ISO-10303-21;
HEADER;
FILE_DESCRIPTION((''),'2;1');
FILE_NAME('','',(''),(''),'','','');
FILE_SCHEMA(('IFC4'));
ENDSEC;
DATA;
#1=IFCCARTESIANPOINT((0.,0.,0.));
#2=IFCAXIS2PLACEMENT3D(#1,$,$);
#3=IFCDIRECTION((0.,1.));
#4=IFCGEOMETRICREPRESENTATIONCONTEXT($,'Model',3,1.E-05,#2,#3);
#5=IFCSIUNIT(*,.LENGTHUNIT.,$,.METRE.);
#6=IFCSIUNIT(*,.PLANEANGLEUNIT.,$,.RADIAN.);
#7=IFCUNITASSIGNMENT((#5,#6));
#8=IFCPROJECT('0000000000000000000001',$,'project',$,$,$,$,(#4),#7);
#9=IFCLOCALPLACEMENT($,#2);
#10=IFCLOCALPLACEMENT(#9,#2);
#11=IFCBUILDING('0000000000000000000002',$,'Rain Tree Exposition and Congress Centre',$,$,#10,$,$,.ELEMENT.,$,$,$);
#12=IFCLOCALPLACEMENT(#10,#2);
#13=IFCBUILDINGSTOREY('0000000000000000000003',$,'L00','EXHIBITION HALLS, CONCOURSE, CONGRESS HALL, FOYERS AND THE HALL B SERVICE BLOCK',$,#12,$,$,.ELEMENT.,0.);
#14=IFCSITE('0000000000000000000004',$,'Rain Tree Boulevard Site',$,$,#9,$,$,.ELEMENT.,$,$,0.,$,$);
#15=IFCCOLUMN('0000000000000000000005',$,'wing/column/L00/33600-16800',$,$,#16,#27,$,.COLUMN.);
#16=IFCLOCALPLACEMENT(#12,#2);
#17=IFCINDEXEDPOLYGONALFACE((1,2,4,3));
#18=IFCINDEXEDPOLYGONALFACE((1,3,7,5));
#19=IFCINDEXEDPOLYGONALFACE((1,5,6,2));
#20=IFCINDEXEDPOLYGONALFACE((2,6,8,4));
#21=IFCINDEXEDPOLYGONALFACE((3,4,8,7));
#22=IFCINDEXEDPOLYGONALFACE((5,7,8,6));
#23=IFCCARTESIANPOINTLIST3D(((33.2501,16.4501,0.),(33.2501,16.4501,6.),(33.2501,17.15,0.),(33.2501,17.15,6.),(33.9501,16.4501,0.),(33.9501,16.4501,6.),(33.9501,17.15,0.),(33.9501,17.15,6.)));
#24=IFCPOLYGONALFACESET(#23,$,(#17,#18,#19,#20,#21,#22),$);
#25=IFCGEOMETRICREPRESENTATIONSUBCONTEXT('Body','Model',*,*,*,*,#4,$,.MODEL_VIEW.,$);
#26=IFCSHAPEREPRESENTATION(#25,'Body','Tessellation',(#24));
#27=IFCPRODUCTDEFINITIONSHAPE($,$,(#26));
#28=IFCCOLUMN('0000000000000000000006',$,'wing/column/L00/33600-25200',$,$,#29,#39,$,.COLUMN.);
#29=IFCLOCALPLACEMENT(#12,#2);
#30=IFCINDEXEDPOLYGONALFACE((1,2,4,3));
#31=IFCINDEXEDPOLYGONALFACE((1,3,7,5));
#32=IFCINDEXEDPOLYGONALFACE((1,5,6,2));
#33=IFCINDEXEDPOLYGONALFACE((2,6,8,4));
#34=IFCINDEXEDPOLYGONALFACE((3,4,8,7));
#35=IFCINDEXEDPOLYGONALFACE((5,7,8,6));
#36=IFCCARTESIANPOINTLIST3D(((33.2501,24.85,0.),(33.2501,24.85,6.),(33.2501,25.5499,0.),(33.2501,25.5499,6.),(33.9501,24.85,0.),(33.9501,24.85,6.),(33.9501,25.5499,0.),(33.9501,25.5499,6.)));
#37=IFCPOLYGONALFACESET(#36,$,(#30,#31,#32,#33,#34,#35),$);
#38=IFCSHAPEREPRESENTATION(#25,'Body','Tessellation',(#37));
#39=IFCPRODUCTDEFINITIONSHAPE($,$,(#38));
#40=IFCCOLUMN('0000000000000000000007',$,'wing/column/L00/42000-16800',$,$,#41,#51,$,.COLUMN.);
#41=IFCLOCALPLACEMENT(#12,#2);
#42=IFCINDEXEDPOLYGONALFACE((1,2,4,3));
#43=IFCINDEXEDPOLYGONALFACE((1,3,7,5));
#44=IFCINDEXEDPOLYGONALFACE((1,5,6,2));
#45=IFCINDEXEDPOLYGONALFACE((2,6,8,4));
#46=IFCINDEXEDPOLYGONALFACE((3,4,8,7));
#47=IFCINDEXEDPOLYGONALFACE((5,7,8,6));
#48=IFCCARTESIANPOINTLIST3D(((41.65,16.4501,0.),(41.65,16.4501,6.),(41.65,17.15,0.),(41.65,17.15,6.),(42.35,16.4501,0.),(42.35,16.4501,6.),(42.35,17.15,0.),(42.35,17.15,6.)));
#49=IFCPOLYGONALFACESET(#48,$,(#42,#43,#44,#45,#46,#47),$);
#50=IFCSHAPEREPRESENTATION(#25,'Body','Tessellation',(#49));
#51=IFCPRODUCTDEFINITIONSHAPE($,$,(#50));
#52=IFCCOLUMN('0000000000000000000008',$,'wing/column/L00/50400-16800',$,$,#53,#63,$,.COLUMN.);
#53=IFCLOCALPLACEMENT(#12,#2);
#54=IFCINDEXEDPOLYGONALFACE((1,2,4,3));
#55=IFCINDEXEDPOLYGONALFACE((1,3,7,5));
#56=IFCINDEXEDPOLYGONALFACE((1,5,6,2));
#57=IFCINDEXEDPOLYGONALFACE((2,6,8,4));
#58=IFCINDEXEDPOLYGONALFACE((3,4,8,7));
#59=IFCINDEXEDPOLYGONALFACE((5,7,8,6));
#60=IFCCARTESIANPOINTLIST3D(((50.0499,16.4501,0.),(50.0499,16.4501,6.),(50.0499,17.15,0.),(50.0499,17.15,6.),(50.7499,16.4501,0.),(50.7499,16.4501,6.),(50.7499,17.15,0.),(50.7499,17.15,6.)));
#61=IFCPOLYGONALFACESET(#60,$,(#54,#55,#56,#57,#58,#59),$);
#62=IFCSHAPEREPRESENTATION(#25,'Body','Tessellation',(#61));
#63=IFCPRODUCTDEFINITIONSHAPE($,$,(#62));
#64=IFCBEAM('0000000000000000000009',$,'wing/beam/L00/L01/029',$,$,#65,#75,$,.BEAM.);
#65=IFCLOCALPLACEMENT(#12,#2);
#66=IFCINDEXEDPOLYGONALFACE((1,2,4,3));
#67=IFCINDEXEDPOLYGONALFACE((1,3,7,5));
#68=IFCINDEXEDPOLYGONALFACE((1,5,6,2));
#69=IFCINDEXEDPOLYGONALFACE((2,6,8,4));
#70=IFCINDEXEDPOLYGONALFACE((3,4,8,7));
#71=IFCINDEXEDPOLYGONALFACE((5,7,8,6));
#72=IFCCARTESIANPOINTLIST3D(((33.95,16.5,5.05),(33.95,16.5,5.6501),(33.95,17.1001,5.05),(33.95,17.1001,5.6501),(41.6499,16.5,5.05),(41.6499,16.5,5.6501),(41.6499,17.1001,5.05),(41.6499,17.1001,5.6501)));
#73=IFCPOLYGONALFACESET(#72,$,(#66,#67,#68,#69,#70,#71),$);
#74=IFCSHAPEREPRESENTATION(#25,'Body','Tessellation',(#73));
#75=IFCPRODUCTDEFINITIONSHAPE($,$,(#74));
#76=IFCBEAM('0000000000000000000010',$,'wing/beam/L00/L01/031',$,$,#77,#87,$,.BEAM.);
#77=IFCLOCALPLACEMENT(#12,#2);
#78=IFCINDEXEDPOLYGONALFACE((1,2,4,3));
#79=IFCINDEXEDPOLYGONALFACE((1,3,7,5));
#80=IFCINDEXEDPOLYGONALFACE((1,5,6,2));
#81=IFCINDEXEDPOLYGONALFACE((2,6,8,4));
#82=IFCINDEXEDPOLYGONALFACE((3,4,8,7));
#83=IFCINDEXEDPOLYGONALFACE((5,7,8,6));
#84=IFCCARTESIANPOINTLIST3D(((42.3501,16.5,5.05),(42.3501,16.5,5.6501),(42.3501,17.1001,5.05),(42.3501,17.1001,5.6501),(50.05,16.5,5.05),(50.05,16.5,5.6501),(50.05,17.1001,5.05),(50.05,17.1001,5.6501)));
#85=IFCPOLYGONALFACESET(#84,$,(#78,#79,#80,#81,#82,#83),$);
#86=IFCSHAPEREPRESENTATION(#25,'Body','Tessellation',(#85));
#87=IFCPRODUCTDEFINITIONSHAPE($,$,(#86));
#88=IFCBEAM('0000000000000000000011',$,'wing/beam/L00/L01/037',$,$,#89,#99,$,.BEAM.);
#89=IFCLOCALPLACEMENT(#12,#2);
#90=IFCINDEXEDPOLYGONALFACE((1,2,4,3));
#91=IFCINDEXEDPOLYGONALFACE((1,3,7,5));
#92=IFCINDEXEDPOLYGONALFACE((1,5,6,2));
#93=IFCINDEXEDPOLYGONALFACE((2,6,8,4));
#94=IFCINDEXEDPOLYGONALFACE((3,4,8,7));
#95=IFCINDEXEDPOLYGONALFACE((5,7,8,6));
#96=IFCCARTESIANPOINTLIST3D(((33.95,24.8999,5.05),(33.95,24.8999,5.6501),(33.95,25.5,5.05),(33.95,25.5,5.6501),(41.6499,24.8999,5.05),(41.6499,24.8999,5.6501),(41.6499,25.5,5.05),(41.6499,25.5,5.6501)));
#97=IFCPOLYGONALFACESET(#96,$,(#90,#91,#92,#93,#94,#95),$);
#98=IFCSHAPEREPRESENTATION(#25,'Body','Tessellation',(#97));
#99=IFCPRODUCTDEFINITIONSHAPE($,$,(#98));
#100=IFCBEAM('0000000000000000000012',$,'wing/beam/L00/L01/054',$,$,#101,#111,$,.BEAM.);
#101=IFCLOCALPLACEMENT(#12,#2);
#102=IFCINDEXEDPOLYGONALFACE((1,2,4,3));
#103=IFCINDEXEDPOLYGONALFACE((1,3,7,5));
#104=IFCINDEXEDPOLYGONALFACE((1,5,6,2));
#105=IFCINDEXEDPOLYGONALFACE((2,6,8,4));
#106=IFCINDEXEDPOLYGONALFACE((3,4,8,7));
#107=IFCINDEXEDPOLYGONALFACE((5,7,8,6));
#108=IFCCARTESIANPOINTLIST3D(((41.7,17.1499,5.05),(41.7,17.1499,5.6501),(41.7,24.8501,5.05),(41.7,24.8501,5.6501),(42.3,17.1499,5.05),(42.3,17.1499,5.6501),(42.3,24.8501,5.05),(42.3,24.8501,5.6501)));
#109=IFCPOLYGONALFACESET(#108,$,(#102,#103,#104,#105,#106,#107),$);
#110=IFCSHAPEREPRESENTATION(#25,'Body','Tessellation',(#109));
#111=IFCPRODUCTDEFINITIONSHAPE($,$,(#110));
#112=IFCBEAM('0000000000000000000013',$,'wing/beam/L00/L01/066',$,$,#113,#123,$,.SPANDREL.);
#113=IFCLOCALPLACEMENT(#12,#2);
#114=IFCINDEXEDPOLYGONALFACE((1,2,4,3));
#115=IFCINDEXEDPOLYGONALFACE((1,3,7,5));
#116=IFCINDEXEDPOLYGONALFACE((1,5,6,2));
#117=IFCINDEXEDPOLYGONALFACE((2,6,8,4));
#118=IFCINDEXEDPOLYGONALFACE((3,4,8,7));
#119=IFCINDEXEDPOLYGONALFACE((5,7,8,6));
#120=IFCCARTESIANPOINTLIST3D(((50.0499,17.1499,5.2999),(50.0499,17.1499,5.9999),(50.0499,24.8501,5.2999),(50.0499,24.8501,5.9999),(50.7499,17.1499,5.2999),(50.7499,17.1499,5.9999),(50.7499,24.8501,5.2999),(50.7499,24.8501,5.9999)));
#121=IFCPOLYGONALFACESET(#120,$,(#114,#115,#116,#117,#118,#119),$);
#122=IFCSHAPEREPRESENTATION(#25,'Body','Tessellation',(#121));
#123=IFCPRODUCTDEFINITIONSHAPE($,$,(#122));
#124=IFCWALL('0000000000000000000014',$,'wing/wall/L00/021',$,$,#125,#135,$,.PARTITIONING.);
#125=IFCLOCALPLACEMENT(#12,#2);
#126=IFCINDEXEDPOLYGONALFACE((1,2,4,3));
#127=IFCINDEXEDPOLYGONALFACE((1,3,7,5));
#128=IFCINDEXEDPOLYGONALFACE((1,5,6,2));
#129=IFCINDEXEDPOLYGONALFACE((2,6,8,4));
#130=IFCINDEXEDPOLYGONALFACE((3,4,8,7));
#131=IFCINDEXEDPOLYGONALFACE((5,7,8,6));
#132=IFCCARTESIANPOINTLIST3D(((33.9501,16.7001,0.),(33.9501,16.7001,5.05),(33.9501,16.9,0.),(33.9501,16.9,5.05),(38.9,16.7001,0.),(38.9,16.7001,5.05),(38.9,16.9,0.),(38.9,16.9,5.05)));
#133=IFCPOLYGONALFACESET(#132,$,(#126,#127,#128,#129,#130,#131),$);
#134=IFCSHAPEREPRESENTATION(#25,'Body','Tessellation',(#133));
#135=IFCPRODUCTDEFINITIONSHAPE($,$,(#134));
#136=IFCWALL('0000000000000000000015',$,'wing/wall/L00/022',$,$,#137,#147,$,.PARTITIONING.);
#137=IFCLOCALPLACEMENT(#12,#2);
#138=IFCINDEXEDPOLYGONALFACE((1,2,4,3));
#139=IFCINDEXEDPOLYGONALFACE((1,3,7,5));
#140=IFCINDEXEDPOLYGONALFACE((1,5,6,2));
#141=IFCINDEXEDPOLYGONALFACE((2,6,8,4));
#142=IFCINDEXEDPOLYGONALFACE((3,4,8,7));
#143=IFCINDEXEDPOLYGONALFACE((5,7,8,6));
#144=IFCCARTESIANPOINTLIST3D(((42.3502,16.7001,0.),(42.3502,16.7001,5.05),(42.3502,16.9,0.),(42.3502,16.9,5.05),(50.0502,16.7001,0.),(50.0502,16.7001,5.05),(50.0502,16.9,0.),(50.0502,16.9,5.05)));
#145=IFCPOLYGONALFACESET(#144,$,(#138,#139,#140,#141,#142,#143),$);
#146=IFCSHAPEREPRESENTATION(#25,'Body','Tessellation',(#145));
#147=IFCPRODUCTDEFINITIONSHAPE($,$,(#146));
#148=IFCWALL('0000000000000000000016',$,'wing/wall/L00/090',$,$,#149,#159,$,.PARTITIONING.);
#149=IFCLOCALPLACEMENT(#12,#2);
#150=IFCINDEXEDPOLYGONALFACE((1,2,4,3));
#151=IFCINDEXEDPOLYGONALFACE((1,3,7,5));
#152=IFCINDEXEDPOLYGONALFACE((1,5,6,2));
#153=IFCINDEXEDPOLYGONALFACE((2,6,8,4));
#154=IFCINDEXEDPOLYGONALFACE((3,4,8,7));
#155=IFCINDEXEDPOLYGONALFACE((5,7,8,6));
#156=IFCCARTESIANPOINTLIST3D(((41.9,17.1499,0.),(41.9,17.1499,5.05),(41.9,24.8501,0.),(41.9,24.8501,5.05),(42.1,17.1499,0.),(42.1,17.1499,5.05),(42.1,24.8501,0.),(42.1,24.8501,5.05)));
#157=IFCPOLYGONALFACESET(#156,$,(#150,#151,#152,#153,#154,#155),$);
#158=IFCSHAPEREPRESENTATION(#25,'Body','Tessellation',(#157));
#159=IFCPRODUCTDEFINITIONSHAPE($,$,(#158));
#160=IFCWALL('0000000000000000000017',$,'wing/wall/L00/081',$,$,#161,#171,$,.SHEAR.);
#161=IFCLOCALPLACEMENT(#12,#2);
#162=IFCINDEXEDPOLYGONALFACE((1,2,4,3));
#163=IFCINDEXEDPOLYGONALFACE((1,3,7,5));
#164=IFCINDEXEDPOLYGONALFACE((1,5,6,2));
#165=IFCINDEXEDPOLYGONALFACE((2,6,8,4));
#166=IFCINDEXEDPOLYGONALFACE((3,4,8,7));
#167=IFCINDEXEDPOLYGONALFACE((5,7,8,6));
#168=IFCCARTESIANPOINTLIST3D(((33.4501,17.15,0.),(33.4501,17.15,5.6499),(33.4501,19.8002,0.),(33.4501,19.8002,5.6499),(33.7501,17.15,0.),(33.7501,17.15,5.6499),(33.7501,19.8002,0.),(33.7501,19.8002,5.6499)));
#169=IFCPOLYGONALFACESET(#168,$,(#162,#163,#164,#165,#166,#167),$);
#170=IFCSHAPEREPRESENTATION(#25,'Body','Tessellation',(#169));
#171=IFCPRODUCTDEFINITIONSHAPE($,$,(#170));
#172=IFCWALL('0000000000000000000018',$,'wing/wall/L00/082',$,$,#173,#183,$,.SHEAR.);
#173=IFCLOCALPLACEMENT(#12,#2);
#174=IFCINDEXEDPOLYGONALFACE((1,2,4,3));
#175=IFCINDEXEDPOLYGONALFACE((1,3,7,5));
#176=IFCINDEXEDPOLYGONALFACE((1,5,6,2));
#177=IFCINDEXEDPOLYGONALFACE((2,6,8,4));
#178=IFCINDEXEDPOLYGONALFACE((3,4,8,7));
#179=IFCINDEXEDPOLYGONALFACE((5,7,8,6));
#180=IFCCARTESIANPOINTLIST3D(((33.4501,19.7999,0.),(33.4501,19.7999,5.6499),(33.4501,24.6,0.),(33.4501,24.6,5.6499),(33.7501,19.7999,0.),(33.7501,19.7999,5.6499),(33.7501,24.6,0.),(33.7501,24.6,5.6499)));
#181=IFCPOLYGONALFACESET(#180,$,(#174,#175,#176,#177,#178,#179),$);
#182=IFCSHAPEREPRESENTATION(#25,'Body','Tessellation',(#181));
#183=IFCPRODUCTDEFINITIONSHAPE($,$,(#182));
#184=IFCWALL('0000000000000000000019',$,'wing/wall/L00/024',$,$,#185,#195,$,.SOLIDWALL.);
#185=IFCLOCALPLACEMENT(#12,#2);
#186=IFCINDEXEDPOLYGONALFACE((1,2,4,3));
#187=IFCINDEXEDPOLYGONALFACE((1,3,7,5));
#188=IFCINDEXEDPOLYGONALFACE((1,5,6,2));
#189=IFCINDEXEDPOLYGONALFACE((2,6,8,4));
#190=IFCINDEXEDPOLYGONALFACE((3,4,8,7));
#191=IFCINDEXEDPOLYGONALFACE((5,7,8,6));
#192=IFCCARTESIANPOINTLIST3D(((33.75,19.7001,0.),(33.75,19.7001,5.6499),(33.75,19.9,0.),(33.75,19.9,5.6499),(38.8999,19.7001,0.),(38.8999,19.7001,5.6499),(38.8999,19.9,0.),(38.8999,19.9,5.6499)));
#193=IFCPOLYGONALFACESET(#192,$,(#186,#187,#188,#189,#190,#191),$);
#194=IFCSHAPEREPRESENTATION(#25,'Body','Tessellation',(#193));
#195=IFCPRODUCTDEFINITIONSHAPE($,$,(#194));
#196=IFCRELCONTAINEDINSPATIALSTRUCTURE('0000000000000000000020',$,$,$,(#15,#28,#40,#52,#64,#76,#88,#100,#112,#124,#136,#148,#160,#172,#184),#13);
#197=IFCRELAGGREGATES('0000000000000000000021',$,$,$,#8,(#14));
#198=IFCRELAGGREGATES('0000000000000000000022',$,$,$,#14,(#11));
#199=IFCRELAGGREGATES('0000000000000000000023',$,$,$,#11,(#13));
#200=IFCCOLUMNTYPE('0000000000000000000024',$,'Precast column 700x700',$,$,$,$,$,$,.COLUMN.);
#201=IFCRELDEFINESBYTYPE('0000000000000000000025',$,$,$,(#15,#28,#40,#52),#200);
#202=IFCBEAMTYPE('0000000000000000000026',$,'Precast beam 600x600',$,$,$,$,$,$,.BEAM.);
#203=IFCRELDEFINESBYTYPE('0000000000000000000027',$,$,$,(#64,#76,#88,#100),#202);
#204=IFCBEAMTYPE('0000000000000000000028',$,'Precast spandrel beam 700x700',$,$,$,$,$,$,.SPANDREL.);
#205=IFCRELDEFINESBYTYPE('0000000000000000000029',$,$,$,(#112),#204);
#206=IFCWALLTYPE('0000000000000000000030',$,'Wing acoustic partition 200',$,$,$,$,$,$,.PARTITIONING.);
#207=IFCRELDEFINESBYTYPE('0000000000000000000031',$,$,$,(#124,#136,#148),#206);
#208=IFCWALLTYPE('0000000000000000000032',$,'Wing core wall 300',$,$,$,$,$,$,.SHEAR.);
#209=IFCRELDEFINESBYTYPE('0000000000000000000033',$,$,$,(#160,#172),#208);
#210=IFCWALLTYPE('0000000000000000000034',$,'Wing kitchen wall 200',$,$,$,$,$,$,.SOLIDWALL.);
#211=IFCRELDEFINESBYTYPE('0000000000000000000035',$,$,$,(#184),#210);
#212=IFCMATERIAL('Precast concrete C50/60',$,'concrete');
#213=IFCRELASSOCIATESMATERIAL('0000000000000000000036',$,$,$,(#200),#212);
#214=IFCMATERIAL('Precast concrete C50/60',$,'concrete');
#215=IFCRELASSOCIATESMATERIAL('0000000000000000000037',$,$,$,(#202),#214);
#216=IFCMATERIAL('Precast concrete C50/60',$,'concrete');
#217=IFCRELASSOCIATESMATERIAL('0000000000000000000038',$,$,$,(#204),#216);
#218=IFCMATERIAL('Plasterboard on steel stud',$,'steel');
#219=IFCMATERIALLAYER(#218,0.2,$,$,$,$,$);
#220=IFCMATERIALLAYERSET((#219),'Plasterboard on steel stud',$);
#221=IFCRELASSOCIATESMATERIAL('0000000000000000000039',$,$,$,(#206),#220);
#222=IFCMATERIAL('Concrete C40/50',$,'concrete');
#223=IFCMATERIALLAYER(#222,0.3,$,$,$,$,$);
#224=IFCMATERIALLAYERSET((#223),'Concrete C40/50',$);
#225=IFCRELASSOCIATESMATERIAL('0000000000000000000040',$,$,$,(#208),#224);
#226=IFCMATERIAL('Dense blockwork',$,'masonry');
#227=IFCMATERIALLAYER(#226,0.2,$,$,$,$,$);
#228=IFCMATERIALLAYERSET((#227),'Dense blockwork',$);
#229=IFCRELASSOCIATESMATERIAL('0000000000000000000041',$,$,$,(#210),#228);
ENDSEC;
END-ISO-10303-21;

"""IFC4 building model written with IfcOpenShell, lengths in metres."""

from ifc_helpers import new_model, si_unit, direction, frame, frame_2d, origin, origin_2d, place, context, subcontext, project, spatial, rectangle, extrude, material, layer, layer_set, material_profile, profile_set, type_object, element, save


model = new_model("IFC4")

# Units and contexts
model_context = context("Model", 3, precision=1e-05, world=origin(), true_north=direction((0.0, 1.0)))
body_context = subcontext(model_context, "Body", "Model", "MODEL_VIEW")
ifc_project = project(units=[si_unit("LENGTHUNIT", "METRE"), si_unit("PLANEANGLEUNIT", "RADIAN")], contexts=[model_context])

# Site, building, storey
site_placement = place(None, origin())
site = spatial("IfcSite", under=ifc_project, at=site_placement, Name="Rain Tree Boulevard Site", CompositionType="ELEMENT", RefElevation=0.0)
building_placement = place(site_placement, origin())
building = spatial("IfcBuilding", under=site, at=building_placement, Name="Rain Tree Exposition and Congress Centre", CompositionType="ELEMENT")
storey_placement = place(building_placement, origin())
storey = spatial("IfcBuildingStorey", under=building, at=storey_placement, Name="L00", Description="EXHIBITION HALLS, CONCOURSE, CONGRESS HALL, FOYERS AND THE HALL B SERVICE BLOCK", CompositionType="ELEMENT", Elevation=0.0)

# Columns
ifc_material_1 = material(Name="Precast concrete C50/60", Category="concrete")
ifc_material_profile_1 = material_profile(ifc_material_1, rectangle(XDim=0.7, YDim=0.7, at=origin_2d()), Name="RC 700x700")
ifc_profile_set_1 = profile_set([ifc_material_profile_1], Name="Precast concrete C50/60")
column_type = type_object("IfcColumnType", Name="Precast column 700x700", PredefinedType="COLUMN", material=ifc_profile_set_1)
for number, where, z_axis, x_axis, name in (
    (1, (33.6001, 16.8, 0.0), (0.0, 0.0, 1.0), (1.0, 0.0, 0.0), "wing/column/L00/33600-16800"),
    (2, (33.6001, 25.2, 0.0), (0.0, 0.0, 1.0), (1.0, 0.0, 0.0), "wing/column/L00/33600-25200"),
    (3, (42.0, 16.8, 0.0), (0.0, 0.0, 1.0), (1.0, 0.0, 0.0), "wing/column/L00/42000-16800"),
    (4, (50.3999, 16.8, 0.0), (0.0, 0.0, 1.0), (1.0, 0.0, 0.0), "wing/column/L00/50400-16800"),
):
    element("IfcColumn", number, at=place(storey_placement, frame(where, z_axis=z_axis, x_axis=x_axis)), inside=storey, type_object=column_type, Name=name, PredefinedType="COLUMN", context=body_context, shape_type="SweptSolid", body=[
        extrude(rectangle(XDim=0.7, YDim=0.7, at=origin_2d()), origin(), (0.0, 0.0, 1.0), 6.0),
    ])

# Beams
ifc_material_2 = material(Name="Precast concrete C50/60", Category="concrete")
ifc_material_profile_2 = material_profile(ifc_material_2, rectangle(XDim=0.6001, YDim=0.6001, at=origin_2d()), Name="RC 600x600")
ifc_profile_set_2 = profile_set([ifc_material_profile_2], Name="Precast concrete C50/60")
beam_type_1 = type_object("IfcBeamType", Name="Precast beam 600x600", PredefinedType="BEAM", material=ifc_profile_set_2)
for number, where, z_axis, x_axis, name in (
    (5, (33.95, 16.8, 5.3501), (1.0, 0.0, 0.0), (0.0, 1.0, 0.0), "wing/beam/L00/L01/029"),
    (6, (42.3501, 16.8, 5.3501), (1.0, 0.0, 0.0), (0.0, 1.0, 0.0), "wing/beam/L00/L01/031"),
    (7, (33.95, 25.2, 5.3501), (1.0, 0.0, 0.0), (0.0, 1.0, 0.0), "wing/beam/L00/L01/037"),
):
    element("IfcBeam", number, at=place(storey_placement, frame(where, z_axis=z_axis, x_axis=x_axis)), inside=storey, type_object=beam_type_1, Name=name, PredefinedType="BEAM", context=body_context, shape_type="SweptSolid", body=[
        extrude(rectangle(XDim=0.6001, YDim=0.6001, at=origin_2d()), origin(), (0.0, 0.0, 1.0), 7.7),
    ])
beam_1_placement = place(storey_placement, frame((42.0, 17.1499, 5.3501), z_axis=(0.0, 1.0, 0.0), x_axis=(-1.0, 0.0, 0.0)))
element("IfcBeam", 8, at=beam_1_placement, inside=storey, type_object=beam_type_1, Name="wing/beam/L00/L01/054", PredefinedType="BEAM", context=body_context, shape_type="SweptSolid", body=[
    extrude(rectangle(XDim=0.6001, YDim=0.6001, at=origin_2d()), origin(), (0.0, 0.0, 1.0), 7.7002),
])
ifc_material_3 = material(Name="Precast concrete C50/60", Category="concrete")
ifc_material_profile_3 = material_profile(ifc_material_3, rectangle(XDim=0.7, YDim=0.7, at=origin_2d()), Name="RC 700x700")
ifc_profile_set_3 = profile_set([ifc_material_profile_3], Name="Precast concrete C50/60")
beam_type_2 = type_object("IfcBeamType", Name="Precast spandrel beam 700x700", PredefinedType="SPANDREL", material=ifc_profile_set_3)
beam_2_placement = place(storey_placement, frame((50.3999, 17.1499, 5.6499), z_axis=(0.0, 1.0, 0.0), x_axis=(-1.0, 0.0, 0.0)))
element("IfcBeam", 9, at=beam_2_placement, inside=storey, type_object=beam_type_2, Name="wing/beam/L00/L01/066", PredefinedType="SPANDREL", context=body_context, shape_type="SweptSolid", body=[
    extrude(rectangle(XDim=0.7, YDim=0.7, at=origin_2d()), origin(), (0.0, 0.0, 1.0), 7.7002),
])

# Walls
ifc_material_4 = material(Name="Plasterboard on steel stud", Category="steel")
ifc_layer_1 = layer(ifc_material_4, 0.2)
ifc_layer_set_1 = layer_set([ifc_layer_1], Name="Plasterboard on steel stud")
wall_type_1 = type_object("IfcWallType", Name="Wing acoustic partition 200", PredefinedType="PARTITIONING", material=ifc_layer_set_1)
wall_1_placement = place(storey_placement, frame((33.95, 16.8, 0.0), z_axis=(0.0, 0.0, 1.0), x_axis=(1.0, 0.0, 0.0)))
element("IfcWall", 10, at=wall_1_placement, inside=storey, type_object=wall_type_1, Name="wing/wall/L00/021", PredefinedType="PARTITIONING", context=body_context, shape_type="SweptSolid", body=[
    extrude(rectangle(XDim=4.95, YDim=0.2, at=frame_2d((2.4751, 0.0))), origin(), (0.0, 0.0, 1.0), 5.05),
])
wall_2_placement = place(storey_placement, frame((42.3501, 16.8, 0.0), z_axis=(0.0, 0.0, 1.0), x_axis=(1.0, 0.0, 0.0)))
element("IfcWall", 11, at=wall_2_placement, inside=storey, type_object=wall_type_1, Name="wing/wall/L00/022", PredefinedType="PARTITIONING", context=body_context, shape_type="SweptSolid", body=[
    extrude(rectangle(XDim=7.7, YDim=0.2, at=frame_2d((3.8501, 0.0))), origin(), (0.0, 0.0, 1.0), 5.05),
])

# Walls
wall_3_placement = place(storey_placement, frame((42.0, 17.1499, 0.0), z_axis=(0.0, 0.0, 1.0), x_axis=(0.0, 1.0, 0.0)))
element("IfcWall", 12, at=wall_3_placement, inside=storey, type_object=wall_type_1, Name="wing/wall/L00/090", PredefinedType="PARTITIONING", context=body_context, shape_type="SweptSolid", body=[
    extrude(rectangle(XDim=7.7002, YDim=0.2, at=frame_2d((3.8501, 0.0))), origin(), (0.0, 0.0, 1.0), 5.05),
])
ifc_material_5 = material(Name="Concrete C40/50", Category="concrete")
ifc_layer_2 = layer(ifc_material_5, 0.3)
ifc_layer_set_2 = layer_set([ifc_layer_2], Name="Concrete C40/50")
wall_type_2 = type_object("IfcWallType", Name="Wing core wall 300", PredefinedType="SHEAR", material=ifc_layer_set_2)
wall_4_placement = place(storey_placement, frame((33.6001, 17.1499, 0.0), z_axis=(0.0, 0.0, 1.0), x_axis=(0.0, 1.0, 0.0)))
element("IfcWall", 13, at=wall_4_placement, inside=storey, type_object=wall_type_2, Name="wing/wall/L00/081", PredefinedType="SHEAR", context=body_context, shape_type="SweptSolid", body=[
    extrude(rectangle(XDim=2.6501, YDim=0.3, at=frame_2d((1.3252, 0.0))), origin(), (0.0, 0.0, 1.0), 5.6499),
])
wall_5_placement = place(storey_placement, frame((33.6001, 19.8, 0.0), z_axis=(0.0, 0.0, 1.0), x_axis=(0.0, 1.0, 0.0)))
element("IfcWall", 14, at=wall_5_placement, inside=storey, type_object=wall_type_2, Name="wing/wall/L00/082", PredefinedType="SHEAR", context=body_context, shape_type="SweptSolid", body=[
    extrude(rectangle(XDim=4.8, YDim=0.3, at=frame_2d((2.3999, 0.0))), origin(), (0.0, 0.0, 1.0), 5.6499),
])
ifc_material_6 = material(Name="Dense blockwork", Category="masonry")
ifc_layer_3 = layer(ifc_material_6, 0.2)
ifc_layer_set_3 = layer_set([ifc_layer_3], Name="Dense blockwork")
wall_type_3 = type_object("IfcWallType", Name="Wing kitchen wall 200", PredefinedType="SOLIDWALL", material=ifc_layer_set_3)
wall_6_placement = place(storey_placement, frame((33.75, 19.8, 0.0), z_axis=(0.0, 0.0, 1.0), x_axis=(1.0, 0.0, 0.0)))
element("IfcWall", 15, at=wall_6_placement, inside=storey, type_object=wall_type_3, Name="wing/wall/L00/024", PredefinedType="SOLIDWALL", context=body_context, shape_type="SweptSolid", body=[
    extrude(rectangle(XDim=5.1499, YDim=0.2, at=frame_2d((2.575, 0.0))), origin(), (0.0, 0.0, 1.0), 5.6499),
])

save(model, "model.ifc")
